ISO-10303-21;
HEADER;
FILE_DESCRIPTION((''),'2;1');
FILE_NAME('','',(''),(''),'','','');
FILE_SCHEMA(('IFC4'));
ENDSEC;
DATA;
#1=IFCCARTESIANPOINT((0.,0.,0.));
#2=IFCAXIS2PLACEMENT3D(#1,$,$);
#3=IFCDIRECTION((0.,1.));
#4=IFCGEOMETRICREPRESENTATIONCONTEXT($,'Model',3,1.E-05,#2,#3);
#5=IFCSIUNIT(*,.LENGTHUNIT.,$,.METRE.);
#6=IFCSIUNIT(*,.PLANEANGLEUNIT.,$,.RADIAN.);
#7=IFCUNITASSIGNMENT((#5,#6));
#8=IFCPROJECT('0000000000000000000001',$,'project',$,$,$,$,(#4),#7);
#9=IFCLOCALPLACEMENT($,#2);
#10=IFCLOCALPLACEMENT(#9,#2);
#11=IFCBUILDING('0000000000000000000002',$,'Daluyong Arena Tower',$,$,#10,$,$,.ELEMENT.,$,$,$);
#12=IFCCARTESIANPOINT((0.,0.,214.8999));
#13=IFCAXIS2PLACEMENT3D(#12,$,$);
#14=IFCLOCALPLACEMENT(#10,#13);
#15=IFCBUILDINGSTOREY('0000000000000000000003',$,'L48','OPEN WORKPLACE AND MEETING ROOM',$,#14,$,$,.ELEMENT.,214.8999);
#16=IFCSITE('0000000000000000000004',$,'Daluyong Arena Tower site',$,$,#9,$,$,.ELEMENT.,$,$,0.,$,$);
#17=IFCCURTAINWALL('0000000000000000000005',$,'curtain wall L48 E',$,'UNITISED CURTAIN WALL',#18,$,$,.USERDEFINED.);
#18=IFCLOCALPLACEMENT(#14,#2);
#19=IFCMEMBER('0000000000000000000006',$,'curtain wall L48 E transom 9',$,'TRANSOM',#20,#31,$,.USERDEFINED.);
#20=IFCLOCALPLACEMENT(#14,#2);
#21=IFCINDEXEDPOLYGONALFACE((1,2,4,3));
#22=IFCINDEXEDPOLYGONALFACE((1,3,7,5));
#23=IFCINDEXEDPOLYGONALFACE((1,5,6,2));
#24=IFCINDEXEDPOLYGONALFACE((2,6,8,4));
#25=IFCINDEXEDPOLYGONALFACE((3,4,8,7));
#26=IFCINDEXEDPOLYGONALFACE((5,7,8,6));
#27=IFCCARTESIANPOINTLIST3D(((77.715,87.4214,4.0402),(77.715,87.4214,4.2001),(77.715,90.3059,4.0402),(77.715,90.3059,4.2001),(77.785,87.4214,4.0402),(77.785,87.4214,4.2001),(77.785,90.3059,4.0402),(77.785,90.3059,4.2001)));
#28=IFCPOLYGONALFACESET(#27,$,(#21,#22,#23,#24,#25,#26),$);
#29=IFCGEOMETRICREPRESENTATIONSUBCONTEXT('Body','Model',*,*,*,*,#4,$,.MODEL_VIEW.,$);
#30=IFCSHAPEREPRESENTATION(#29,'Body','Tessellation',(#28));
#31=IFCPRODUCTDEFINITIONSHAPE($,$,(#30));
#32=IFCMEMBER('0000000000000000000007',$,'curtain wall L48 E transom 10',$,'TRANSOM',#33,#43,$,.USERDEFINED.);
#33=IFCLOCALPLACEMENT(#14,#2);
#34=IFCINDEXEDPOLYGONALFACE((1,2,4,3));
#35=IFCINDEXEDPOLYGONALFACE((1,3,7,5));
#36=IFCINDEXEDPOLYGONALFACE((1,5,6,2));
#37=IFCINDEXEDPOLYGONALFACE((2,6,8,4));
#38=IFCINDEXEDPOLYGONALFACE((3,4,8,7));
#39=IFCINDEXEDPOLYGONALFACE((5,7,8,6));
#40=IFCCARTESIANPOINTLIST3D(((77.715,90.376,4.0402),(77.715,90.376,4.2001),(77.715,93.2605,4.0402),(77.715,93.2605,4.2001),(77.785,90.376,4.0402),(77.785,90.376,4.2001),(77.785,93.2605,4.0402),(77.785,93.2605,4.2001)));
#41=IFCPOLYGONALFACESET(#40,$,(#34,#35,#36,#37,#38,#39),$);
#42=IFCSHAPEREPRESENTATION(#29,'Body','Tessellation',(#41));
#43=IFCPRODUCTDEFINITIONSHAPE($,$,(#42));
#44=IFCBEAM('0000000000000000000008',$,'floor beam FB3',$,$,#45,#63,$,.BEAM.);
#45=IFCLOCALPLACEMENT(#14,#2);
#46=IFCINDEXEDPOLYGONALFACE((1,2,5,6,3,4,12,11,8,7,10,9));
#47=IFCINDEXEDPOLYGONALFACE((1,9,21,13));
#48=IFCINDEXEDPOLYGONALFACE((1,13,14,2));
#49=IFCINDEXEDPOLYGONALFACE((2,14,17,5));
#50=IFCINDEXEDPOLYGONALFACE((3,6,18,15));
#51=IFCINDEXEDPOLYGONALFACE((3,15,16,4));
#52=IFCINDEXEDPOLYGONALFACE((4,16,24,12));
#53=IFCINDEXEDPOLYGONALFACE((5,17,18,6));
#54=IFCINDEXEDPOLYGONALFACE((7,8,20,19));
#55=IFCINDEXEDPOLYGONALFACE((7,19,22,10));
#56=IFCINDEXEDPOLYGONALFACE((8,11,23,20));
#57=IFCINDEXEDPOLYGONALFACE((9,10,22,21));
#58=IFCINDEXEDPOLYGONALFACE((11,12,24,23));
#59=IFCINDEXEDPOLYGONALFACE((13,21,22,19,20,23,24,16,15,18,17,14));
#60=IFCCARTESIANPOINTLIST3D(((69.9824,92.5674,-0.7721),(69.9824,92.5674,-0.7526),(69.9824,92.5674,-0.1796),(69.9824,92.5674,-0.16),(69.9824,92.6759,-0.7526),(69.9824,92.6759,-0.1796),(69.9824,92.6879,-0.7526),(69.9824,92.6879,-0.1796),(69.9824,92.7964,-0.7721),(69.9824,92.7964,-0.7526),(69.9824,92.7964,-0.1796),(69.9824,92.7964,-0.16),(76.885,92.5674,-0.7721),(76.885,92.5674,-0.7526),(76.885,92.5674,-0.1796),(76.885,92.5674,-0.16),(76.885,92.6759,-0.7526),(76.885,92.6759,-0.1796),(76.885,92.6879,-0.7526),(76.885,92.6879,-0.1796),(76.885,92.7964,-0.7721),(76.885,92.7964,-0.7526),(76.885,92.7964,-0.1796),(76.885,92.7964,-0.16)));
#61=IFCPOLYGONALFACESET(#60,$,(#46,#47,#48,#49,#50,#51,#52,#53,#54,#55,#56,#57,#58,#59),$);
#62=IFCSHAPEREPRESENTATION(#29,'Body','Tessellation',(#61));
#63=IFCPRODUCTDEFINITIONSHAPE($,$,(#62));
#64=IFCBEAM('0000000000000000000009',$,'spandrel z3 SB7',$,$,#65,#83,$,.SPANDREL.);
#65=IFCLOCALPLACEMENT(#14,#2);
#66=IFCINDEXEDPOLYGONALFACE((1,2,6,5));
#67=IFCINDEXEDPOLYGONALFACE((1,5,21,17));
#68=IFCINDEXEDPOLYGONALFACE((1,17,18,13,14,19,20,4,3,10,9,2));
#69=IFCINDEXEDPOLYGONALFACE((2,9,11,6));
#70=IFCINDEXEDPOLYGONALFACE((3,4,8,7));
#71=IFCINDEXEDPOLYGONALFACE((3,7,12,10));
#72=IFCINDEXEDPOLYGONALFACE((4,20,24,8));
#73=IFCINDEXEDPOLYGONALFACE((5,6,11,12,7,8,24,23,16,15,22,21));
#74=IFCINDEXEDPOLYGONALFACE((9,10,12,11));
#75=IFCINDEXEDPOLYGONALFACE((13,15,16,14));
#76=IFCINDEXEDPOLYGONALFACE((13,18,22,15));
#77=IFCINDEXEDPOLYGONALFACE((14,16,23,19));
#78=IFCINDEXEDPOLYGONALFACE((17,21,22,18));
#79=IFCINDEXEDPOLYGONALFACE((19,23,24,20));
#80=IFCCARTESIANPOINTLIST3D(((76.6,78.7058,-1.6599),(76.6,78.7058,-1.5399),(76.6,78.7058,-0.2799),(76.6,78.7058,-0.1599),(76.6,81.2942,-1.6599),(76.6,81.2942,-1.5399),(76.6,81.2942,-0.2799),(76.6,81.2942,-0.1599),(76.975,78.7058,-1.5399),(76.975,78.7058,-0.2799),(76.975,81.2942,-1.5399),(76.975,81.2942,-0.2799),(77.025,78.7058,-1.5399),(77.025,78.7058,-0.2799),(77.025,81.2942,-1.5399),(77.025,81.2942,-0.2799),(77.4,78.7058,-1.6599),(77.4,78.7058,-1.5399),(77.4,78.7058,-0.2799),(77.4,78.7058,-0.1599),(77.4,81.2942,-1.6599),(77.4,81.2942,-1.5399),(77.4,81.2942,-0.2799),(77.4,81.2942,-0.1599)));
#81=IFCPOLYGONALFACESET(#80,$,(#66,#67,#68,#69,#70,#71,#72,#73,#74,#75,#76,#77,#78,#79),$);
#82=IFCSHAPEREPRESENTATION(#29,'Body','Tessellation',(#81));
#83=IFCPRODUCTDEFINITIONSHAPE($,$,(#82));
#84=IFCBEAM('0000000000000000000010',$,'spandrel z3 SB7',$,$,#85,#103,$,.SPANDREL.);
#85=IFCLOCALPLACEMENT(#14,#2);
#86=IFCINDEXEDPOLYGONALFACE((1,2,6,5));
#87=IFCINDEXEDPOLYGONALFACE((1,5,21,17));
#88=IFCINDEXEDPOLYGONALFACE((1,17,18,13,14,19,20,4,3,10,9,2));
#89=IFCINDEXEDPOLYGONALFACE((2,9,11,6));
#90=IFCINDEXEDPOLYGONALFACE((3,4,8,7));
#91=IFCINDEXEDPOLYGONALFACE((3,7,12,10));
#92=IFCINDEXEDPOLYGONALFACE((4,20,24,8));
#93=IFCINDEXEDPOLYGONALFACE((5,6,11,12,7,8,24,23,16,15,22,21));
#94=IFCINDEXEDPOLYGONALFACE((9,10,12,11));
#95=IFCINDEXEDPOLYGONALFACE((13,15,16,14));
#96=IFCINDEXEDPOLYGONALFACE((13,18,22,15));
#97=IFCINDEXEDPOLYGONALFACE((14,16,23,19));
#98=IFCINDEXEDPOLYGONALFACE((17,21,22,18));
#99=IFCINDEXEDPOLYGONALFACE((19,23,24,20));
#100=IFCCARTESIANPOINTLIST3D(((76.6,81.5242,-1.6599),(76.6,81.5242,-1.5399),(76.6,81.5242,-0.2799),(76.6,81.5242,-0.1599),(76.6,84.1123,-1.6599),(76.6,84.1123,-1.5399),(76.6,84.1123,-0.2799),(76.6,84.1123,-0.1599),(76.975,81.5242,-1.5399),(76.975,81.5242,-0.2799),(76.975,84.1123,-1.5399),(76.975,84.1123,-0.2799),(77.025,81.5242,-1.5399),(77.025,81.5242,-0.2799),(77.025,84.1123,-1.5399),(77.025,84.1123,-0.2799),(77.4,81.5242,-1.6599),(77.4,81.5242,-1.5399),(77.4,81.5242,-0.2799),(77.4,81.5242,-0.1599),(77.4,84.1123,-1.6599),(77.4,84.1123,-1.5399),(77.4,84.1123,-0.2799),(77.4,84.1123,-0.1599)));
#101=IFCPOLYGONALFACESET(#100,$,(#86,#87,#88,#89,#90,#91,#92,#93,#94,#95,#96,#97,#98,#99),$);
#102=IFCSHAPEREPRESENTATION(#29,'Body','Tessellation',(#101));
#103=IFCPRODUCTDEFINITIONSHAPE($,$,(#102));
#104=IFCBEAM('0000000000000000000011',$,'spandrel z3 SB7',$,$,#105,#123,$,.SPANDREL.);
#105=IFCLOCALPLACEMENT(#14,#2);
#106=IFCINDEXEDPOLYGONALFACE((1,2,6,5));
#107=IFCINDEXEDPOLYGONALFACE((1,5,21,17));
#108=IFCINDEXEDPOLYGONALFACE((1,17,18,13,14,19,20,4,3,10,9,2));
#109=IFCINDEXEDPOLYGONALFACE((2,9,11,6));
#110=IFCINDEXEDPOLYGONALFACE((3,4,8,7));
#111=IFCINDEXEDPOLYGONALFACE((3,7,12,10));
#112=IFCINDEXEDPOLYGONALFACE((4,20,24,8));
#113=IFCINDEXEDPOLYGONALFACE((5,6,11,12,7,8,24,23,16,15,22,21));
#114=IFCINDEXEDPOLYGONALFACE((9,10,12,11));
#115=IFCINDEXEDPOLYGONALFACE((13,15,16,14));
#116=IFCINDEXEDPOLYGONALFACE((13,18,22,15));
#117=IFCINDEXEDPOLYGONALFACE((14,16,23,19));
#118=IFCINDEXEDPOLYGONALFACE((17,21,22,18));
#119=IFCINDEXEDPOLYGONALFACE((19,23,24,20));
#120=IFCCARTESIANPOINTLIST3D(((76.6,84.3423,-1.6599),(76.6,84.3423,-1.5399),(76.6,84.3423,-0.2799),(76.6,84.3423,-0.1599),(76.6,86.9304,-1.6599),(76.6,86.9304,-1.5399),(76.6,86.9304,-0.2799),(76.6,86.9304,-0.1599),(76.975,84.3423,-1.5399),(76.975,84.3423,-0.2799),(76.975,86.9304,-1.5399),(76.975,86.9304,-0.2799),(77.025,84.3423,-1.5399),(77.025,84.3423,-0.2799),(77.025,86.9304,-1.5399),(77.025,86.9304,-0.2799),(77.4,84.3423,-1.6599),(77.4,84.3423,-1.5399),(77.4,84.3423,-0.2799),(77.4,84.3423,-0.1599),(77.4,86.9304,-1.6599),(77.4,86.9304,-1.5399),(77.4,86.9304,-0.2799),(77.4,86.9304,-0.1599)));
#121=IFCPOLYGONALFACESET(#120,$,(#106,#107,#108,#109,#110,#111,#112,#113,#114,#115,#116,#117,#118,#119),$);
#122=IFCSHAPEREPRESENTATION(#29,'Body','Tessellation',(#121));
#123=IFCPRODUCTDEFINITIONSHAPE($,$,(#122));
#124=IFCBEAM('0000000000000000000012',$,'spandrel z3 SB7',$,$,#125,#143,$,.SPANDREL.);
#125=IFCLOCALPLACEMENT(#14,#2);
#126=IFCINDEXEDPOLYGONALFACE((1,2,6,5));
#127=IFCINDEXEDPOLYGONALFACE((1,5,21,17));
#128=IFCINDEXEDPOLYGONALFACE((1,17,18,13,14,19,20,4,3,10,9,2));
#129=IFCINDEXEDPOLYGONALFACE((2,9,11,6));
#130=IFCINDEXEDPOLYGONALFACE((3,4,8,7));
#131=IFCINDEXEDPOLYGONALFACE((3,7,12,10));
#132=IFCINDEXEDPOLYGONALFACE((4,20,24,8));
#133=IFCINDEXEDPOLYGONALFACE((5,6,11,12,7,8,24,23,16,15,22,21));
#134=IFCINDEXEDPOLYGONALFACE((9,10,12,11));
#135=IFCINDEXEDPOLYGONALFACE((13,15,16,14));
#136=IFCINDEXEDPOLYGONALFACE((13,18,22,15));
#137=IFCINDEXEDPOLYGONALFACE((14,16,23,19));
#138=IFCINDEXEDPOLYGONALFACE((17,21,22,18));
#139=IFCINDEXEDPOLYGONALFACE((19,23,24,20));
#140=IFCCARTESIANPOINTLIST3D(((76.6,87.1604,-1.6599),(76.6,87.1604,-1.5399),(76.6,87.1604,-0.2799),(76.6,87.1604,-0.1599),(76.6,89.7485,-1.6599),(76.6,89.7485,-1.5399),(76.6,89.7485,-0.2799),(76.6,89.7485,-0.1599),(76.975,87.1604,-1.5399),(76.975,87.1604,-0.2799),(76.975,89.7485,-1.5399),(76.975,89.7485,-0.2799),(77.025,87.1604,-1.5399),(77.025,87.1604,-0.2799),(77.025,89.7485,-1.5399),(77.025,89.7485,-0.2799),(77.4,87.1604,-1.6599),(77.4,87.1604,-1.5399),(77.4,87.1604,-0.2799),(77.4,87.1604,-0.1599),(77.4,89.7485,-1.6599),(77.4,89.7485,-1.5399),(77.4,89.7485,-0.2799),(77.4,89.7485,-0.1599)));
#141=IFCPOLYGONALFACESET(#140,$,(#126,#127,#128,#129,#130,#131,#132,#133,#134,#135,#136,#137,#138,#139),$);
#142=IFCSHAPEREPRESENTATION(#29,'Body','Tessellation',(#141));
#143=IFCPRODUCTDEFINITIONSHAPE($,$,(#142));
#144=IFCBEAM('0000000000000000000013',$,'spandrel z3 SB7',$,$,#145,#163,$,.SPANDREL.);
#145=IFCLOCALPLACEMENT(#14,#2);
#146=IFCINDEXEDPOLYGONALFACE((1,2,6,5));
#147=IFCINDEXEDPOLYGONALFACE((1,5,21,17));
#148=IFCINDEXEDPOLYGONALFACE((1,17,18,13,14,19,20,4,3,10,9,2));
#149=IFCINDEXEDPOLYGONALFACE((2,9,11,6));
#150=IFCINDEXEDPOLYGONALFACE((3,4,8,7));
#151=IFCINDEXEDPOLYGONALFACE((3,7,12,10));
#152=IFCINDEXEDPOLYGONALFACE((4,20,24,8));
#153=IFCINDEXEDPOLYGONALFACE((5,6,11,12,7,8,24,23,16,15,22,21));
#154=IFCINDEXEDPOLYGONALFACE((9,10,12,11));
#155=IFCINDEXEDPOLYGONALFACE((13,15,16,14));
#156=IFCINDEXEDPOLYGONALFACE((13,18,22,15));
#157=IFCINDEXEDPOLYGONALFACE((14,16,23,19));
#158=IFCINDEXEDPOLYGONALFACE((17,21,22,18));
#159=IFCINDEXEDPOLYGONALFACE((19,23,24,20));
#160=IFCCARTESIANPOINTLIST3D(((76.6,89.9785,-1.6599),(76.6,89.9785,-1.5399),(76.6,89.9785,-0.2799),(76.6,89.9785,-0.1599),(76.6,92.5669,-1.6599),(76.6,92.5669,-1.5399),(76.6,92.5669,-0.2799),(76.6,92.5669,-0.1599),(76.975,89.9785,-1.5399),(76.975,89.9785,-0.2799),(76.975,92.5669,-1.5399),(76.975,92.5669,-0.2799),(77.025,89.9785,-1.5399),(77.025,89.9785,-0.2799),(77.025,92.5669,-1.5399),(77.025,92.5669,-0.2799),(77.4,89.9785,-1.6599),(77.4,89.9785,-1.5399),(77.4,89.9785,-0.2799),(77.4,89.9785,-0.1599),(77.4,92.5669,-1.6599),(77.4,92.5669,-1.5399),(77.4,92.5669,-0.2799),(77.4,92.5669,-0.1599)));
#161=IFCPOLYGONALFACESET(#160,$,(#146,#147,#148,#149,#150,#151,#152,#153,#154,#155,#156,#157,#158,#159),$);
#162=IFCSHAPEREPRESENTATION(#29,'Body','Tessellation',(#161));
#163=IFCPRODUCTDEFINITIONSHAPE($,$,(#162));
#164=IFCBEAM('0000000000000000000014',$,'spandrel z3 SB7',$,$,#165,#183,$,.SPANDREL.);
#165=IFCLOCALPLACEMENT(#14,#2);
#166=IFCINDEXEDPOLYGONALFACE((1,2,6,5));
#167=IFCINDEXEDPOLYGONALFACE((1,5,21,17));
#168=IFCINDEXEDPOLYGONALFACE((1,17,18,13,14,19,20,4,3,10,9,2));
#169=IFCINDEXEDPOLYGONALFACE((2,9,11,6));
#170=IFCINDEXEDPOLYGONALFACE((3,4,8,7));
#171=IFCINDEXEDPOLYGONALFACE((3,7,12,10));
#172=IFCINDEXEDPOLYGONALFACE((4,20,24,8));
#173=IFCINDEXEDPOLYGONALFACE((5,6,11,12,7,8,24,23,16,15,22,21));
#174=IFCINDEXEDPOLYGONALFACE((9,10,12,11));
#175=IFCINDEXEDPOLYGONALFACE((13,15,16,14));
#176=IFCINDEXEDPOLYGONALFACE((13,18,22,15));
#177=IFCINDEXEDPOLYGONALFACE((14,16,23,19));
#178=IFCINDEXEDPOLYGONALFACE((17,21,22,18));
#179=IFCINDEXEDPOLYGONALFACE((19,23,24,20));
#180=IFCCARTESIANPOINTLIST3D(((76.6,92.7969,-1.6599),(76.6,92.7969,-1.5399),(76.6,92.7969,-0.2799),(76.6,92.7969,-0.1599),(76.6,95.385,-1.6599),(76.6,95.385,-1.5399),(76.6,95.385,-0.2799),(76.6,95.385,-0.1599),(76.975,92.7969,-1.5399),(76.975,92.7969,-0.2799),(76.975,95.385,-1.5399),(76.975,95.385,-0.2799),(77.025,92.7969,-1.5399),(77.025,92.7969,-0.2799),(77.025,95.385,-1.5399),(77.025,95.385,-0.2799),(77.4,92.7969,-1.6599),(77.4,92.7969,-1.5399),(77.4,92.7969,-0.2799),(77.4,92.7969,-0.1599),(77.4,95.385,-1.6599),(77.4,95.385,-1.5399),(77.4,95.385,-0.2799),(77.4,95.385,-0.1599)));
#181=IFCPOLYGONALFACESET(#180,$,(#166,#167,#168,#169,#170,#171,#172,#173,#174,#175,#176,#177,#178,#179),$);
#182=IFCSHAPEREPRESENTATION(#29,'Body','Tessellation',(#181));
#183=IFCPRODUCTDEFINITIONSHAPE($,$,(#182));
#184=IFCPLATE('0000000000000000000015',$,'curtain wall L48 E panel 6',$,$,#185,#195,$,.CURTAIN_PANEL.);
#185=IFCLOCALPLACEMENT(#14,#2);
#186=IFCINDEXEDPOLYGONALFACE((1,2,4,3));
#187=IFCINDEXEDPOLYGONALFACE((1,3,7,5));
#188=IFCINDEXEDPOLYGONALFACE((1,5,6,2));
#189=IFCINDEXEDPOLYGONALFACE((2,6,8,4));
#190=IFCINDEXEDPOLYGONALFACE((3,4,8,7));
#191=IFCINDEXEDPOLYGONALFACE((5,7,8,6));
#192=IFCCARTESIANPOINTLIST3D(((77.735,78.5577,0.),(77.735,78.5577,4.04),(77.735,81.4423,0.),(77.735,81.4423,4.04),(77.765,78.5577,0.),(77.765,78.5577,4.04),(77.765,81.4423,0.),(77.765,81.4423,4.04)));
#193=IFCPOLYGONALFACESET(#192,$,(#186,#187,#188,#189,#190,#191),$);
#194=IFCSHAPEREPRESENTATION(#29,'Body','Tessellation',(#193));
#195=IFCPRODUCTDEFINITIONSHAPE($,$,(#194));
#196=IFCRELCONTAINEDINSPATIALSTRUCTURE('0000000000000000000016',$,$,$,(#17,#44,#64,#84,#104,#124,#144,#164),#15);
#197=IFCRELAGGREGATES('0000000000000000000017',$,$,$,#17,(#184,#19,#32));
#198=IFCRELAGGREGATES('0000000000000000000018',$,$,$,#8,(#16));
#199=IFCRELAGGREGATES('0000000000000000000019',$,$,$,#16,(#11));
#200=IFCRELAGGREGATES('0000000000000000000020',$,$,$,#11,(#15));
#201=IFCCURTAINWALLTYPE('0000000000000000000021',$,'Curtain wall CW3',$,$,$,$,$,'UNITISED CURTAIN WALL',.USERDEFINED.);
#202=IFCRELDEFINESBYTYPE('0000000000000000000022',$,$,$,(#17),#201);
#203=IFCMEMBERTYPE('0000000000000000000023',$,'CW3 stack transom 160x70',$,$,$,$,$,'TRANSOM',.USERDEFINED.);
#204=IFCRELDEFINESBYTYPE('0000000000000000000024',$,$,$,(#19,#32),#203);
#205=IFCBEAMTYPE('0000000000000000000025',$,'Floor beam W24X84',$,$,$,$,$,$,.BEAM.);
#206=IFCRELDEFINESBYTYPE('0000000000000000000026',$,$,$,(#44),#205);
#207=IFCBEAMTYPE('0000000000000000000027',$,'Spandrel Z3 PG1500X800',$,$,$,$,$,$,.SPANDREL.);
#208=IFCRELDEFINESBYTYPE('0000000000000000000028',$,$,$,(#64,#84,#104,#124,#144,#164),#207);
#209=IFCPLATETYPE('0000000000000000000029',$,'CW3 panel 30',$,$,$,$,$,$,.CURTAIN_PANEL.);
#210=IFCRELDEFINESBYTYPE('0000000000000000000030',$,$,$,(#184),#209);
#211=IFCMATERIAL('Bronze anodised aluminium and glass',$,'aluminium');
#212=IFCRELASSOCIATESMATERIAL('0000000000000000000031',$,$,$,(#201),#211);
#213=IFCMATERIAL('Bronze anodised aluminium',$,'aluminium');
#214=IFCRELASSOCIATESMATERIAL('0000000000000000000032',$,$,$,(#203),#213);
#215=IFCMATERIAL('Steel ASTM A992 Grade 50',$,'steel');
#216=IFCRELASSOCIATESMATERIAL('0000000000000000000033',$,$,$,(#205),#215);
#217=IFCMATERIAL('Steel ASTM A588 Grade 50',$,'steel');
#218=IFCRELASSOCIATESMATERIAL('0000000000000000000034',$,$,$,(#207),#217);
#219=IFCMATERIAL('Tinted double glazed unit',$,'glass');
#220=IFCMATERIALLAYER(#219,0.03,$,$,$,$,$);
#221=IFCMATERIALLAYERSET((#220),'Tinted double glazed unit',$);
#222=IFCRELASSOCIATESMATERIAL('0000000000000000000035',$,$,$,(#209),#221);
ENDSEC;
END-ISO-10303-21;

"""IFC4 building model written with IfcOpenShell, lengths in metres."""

from ifc_helpers import new_model, si_unit, direction, frame, origin, origin_2d, place, context, subcontext, project, spatial, rectangle, i_section, extrude, material, layer, layer_set, material_profile, profile_set, type_object, element, aggregate, save


model = new_model("IFC4")

# Units and contexts
model_context = context("Model", 3, precision=1e-05, world=origin(), true_north=direction((0.0, 1.0)))
body_context = subcontext(model_context, "Body", "Model", "MODEL_VIEW")
ifc_project = project(units=[si_unit("LENGTHUNIT", "METRE"), si_unit("PLANEANGLEUNIT", "RADIAN")], contexts=[model_context])

# Site, building, storey
site_placement = place(None, origin())
site = spatial("IfcSite", under=ifc_project, at=site_placement, Name="Daluyong Arena Tower site", CompositionType="ELEMENT", RefElevation=0.0)
building_placement = place(site_placement, origin())
building = spatial("IfcBuilding", under=site, at=building_placement, Name="Daluyong Arena Tower", CompositionType="ELEMENT")
storey_placement = place(building_placement, frame((0.0, 0.0, 214.8999)))
storey = spatial("IfcBuildingStorey", under=building, at=storey_placement, Name="L48", Description="OPEN WORKPLACE AND MEETING ROOM", CompositionType="ELEMENT", Elevation=214.8999)

# Curtain wall, members
ifc_material_1 = material(Name="Bronze anodised aluminium and glass", Category="aluminium")
curtain_wall_type = type_object("IfcCurtainWallType", Name="Curtain wall CW3", ElementType="UNITISED CURTAIN WALL", PredefinedType="USERDEFINED", material=ifc_material_1)
curtain_wall_placement = place(storey_placement, origin())
curtain_wall = element("IfcCurtainWall", 1, at=curtain_wall_placement, inside=storey, type_object=curtain_wall_type, Name="curtain wall L48 E", ObjectType="UNITISED CURTAIN WALL", PredefinedType="USERDEFINED")
ifc_material_2 = material(Name="Bronze anodised aluminium", Category="aluminium")
ifc_material_profile_1 = material_profile(ifc_material_2, rectangle(XDim=0.0701, YDim=0.1599, at=origin_2d()))
ifc_profile_set_1 = profile_set([ifc_material_profile_1], Name="Bronze anodised aluminium")
member_type_1 = type_object("IfcMemberType", Name="CW3 stack transom 160x70", ElementType="TRANSOM", PredefinedType="USERDEFINED", material=ifc_profile_set_1)
member_1_placement = place(storey_placement, frame((77.75, 87.4214, 4.1201), z_axis=(0.0, 1.0, 0.0), x_axis=(-1.0, 0.0, 0.0)))
member_1 = element("IfcMember", 2, at=member_1_placement, type_object=member_type_1, Name="curtain wall L48 E transom 9", ObjectType="TRANSOM", PredefinedType="USERDEFINED", context=body_context, shape_type="SweptSolid", body=[
    extrude(rectangle(XDim=0.0701, YDim=0.1599, at=origin_2d()), origin(), (0.0, 0.0, 1.0), 2.8845),
])
member_2_placement = place(storey_placement, frame((77.75, 90.376, 4.1201), z_axis=(0.0, 1.0, 0.0), x_axis=(-1.0, 0.0, 0.0)))
member_2 = element("IfcMember", 3, at=member_2_placement, type_object=member_type_1, Name="curtain wall L48 E transom 10", ObjectType="TRANSOM", PredefinedType="USERDEFINED", context=body_context, shape_type="SweptSolid", body=[
    extrude(rectangle(XDim=0.0701, YDim=0.1599, at=origin_2d()), origin(), (0.0, 0.0, 1.0), 2.8845),
])

# Beams
ifc_material_3 = material(Name="Steel ASTM A992 Grade 50", Category="steel")
ifc_material_profile_2 = material_profile(ifc_material_3, i_section(OverallWidth=0.229, OverallDepth=0.6121, WebThickness=0.012, FlangeThickness=0.0195, at=origin_2d()))
ifc_profile_set_2 = profile_set([ifc_material_profile_2], Name="Steel ASTM A992 Grade 50")
beam_type_1 = type_object("IfcBeamType", Name="Floor beam W24X84", PredefinedType="BEAM", material=ifc_profile_set_2)
beam_1_placement = place(storey_placement, frame((76.885, 92.6819, -0.4661), z_axis=(-1.0, 0.0, 0.0), x_axis=(0.0, -1.0, 0.0)))
element("IfcBeam", 4, at=beam_1_placement, inside=storey, type_object=beam_type_1, Name="floor beam FB3", PredefinedType="BEAM", context=body_context, shape_type="SweptSolid", body=[
    extrude(i_section(OverallWidth=0.229, OverallDepth=0.6121, WebThickness=0.012, FlangeThickness=0.0195, at=origin_2d()), origin(), (0.0, 0.0, 1.0), 6.9026),
])
ifc_material_4 = material(Name="Steel ASTM A588 Grade 50", Category="steel")
ifc_material_profile_3 = material_profile(ifc_material_4, i_section(OverallWidth=0.8, OverallDepth=1.5, WebThickness=0.05, FlangeThickness=0.12, at=origin_2d()))
ifc_profile_set_3 = profile_set([ifc_material_profile_3], Name="Steel ASTM A588 Grade 50")
beam_type_2 = type_object("IfcBeamType", Name="Spandrel Z3 PG1500X800", PredefinedType="SPANDREL", material=ifc_profile_set_3)
beam_2_placement = place(storey_placement, frame((77.0, 78.7058, -0.9099), z_axis=(0.0, 1.0, 0.0), x_axis=(-1.0, 0.0, 0.0)))
element("IfcBeam", 5, at=beam_2_placement, inside=storey, type_object=beam_type_2, Name="spandrel z3 SB7", PredefinedType="SPANDREL", context=body_context, shape_type="SweptSolid", body=[
    extrude(i_section(OverallWidth=0.8, OverallDepth=1.5, WebThickness=0.05, FlangeThickness=0.12, at=origin_2d()), origin(), (0.0, 0.0, 1.0), 2.5884),
])
for number, where, z_axis, x_axis, name in (
    (6, (77.0, 81.5242, -0.9099), (0.0, 1.0, 0.0), (-1.0, 0.0, 0.0), "spandrel z3 SB7"),
    (7, (77.0, 84.3423, -0.9099), (0.0, 1.0, 0.0), (-1.0, 0.0, 0.0), "spandrel z3 SB7"),
    (8, (77.0, 87.1604, -0.9099), (0.0, 1.0, 0.0), (-1.0, 0.0, 0.0), "spandrel z3 SB7"),
):
    element("IfcBeam", number, at=place(storey_placement, frame(where, z_axis=z_axis, x_axis=x_axis)), inside=storey, type_object=beam_type_2, Name=name, PredefinedType="SPANDREL", context=body_context, shape_type="SweptSolid", body=[
        extrude(i_section(OverallWidth=0.8, OverallDepth=1.5, WebThickness=0.05, FlangeThickness=0.12, at=origin_2d()), origin(), (0.0, 0.0, 1.0), 2.5881),
    ])
beam_3_placement = place(storey_placement, frame((77.0, 89.9785, -0.9099), z_axis=(0.0, 1.0, 0.0), x_axis=(-1.0, 0.0, 0.0)))
element("IfcBeam", 9, at=beam_3_placement, inside=storey, type_object=beam_type_2, Name="spandrel z3 SB7", PredefinedType="SPANDREL", context=body_context, shape_type="SweptSolid", body=[
    extrude(i_section(OverallWidth=0.8, OverallDepth=1.5, WebThickness=0.05, FlangeThickness=0.12, at=origin_2d()), origin(), (0.0, 0.0, 1.0), 2.5884),
])
beam_4_placement = place(storey_placement, frame((77.0, 92.7969, -0.9099), z_axis=(0.0, 1.0, 0.0), x_axis=(-1.0, 0.0, 0.0)))
element("IfcBeam", 10, at=beam_4_placement, inside=storey, type_object=beam_type_2, Name="spandrel z3 SB7", PredefinedType="SPANDREL", context=body_context, shape_type="SweptSolid", body=[
    extrude(i_section(OverallWidth=0.8, OverallDepth=1.5, WebThickness=0.05, FlangeThickness=0.12, at=origin_2d()), origin(), (0.0, 0.0, 1.0), 2.5881),
])

# Plate
ifc_material_5 = material(Name="Tinted double glazed unit", Category="glass")
ifc_layer = layer(ifc_material_5, 0.03)
ifc_layer_set = layer_set([ifc_layer], Name="Tinted double glazed unit")
plate_type = type_object("IfcPlateType", Name="CW3 panel 30", PredefinedType="CURTAIN_PANEL", material=ifc_layer_set)
plate_1_placement = place(storey_placement, frame((77.75, 80.0, 0.0), z_axis=(0.0, 0.0, 1.0), x_axis=(0.0, 1.0, 0.0)))
plate_1 = element("IfcPlate", 11, at=plate_1_placement, type_object=plate_type, Name="curtain wall L48 E panel 6", PredefinedType="CURTAIN_PANEL", context=body_context, shape_type="SweptSolid", body=[
    extrude(rectangle(XDim=2.8845, YDim=0.03, at=origin_2d()), origin(), (0.0, 0.0, 1.0), 4.04),
])
aggregate(curtain_wall, [plate_1, member_1, member_2])

save(model, "model.ifc")
